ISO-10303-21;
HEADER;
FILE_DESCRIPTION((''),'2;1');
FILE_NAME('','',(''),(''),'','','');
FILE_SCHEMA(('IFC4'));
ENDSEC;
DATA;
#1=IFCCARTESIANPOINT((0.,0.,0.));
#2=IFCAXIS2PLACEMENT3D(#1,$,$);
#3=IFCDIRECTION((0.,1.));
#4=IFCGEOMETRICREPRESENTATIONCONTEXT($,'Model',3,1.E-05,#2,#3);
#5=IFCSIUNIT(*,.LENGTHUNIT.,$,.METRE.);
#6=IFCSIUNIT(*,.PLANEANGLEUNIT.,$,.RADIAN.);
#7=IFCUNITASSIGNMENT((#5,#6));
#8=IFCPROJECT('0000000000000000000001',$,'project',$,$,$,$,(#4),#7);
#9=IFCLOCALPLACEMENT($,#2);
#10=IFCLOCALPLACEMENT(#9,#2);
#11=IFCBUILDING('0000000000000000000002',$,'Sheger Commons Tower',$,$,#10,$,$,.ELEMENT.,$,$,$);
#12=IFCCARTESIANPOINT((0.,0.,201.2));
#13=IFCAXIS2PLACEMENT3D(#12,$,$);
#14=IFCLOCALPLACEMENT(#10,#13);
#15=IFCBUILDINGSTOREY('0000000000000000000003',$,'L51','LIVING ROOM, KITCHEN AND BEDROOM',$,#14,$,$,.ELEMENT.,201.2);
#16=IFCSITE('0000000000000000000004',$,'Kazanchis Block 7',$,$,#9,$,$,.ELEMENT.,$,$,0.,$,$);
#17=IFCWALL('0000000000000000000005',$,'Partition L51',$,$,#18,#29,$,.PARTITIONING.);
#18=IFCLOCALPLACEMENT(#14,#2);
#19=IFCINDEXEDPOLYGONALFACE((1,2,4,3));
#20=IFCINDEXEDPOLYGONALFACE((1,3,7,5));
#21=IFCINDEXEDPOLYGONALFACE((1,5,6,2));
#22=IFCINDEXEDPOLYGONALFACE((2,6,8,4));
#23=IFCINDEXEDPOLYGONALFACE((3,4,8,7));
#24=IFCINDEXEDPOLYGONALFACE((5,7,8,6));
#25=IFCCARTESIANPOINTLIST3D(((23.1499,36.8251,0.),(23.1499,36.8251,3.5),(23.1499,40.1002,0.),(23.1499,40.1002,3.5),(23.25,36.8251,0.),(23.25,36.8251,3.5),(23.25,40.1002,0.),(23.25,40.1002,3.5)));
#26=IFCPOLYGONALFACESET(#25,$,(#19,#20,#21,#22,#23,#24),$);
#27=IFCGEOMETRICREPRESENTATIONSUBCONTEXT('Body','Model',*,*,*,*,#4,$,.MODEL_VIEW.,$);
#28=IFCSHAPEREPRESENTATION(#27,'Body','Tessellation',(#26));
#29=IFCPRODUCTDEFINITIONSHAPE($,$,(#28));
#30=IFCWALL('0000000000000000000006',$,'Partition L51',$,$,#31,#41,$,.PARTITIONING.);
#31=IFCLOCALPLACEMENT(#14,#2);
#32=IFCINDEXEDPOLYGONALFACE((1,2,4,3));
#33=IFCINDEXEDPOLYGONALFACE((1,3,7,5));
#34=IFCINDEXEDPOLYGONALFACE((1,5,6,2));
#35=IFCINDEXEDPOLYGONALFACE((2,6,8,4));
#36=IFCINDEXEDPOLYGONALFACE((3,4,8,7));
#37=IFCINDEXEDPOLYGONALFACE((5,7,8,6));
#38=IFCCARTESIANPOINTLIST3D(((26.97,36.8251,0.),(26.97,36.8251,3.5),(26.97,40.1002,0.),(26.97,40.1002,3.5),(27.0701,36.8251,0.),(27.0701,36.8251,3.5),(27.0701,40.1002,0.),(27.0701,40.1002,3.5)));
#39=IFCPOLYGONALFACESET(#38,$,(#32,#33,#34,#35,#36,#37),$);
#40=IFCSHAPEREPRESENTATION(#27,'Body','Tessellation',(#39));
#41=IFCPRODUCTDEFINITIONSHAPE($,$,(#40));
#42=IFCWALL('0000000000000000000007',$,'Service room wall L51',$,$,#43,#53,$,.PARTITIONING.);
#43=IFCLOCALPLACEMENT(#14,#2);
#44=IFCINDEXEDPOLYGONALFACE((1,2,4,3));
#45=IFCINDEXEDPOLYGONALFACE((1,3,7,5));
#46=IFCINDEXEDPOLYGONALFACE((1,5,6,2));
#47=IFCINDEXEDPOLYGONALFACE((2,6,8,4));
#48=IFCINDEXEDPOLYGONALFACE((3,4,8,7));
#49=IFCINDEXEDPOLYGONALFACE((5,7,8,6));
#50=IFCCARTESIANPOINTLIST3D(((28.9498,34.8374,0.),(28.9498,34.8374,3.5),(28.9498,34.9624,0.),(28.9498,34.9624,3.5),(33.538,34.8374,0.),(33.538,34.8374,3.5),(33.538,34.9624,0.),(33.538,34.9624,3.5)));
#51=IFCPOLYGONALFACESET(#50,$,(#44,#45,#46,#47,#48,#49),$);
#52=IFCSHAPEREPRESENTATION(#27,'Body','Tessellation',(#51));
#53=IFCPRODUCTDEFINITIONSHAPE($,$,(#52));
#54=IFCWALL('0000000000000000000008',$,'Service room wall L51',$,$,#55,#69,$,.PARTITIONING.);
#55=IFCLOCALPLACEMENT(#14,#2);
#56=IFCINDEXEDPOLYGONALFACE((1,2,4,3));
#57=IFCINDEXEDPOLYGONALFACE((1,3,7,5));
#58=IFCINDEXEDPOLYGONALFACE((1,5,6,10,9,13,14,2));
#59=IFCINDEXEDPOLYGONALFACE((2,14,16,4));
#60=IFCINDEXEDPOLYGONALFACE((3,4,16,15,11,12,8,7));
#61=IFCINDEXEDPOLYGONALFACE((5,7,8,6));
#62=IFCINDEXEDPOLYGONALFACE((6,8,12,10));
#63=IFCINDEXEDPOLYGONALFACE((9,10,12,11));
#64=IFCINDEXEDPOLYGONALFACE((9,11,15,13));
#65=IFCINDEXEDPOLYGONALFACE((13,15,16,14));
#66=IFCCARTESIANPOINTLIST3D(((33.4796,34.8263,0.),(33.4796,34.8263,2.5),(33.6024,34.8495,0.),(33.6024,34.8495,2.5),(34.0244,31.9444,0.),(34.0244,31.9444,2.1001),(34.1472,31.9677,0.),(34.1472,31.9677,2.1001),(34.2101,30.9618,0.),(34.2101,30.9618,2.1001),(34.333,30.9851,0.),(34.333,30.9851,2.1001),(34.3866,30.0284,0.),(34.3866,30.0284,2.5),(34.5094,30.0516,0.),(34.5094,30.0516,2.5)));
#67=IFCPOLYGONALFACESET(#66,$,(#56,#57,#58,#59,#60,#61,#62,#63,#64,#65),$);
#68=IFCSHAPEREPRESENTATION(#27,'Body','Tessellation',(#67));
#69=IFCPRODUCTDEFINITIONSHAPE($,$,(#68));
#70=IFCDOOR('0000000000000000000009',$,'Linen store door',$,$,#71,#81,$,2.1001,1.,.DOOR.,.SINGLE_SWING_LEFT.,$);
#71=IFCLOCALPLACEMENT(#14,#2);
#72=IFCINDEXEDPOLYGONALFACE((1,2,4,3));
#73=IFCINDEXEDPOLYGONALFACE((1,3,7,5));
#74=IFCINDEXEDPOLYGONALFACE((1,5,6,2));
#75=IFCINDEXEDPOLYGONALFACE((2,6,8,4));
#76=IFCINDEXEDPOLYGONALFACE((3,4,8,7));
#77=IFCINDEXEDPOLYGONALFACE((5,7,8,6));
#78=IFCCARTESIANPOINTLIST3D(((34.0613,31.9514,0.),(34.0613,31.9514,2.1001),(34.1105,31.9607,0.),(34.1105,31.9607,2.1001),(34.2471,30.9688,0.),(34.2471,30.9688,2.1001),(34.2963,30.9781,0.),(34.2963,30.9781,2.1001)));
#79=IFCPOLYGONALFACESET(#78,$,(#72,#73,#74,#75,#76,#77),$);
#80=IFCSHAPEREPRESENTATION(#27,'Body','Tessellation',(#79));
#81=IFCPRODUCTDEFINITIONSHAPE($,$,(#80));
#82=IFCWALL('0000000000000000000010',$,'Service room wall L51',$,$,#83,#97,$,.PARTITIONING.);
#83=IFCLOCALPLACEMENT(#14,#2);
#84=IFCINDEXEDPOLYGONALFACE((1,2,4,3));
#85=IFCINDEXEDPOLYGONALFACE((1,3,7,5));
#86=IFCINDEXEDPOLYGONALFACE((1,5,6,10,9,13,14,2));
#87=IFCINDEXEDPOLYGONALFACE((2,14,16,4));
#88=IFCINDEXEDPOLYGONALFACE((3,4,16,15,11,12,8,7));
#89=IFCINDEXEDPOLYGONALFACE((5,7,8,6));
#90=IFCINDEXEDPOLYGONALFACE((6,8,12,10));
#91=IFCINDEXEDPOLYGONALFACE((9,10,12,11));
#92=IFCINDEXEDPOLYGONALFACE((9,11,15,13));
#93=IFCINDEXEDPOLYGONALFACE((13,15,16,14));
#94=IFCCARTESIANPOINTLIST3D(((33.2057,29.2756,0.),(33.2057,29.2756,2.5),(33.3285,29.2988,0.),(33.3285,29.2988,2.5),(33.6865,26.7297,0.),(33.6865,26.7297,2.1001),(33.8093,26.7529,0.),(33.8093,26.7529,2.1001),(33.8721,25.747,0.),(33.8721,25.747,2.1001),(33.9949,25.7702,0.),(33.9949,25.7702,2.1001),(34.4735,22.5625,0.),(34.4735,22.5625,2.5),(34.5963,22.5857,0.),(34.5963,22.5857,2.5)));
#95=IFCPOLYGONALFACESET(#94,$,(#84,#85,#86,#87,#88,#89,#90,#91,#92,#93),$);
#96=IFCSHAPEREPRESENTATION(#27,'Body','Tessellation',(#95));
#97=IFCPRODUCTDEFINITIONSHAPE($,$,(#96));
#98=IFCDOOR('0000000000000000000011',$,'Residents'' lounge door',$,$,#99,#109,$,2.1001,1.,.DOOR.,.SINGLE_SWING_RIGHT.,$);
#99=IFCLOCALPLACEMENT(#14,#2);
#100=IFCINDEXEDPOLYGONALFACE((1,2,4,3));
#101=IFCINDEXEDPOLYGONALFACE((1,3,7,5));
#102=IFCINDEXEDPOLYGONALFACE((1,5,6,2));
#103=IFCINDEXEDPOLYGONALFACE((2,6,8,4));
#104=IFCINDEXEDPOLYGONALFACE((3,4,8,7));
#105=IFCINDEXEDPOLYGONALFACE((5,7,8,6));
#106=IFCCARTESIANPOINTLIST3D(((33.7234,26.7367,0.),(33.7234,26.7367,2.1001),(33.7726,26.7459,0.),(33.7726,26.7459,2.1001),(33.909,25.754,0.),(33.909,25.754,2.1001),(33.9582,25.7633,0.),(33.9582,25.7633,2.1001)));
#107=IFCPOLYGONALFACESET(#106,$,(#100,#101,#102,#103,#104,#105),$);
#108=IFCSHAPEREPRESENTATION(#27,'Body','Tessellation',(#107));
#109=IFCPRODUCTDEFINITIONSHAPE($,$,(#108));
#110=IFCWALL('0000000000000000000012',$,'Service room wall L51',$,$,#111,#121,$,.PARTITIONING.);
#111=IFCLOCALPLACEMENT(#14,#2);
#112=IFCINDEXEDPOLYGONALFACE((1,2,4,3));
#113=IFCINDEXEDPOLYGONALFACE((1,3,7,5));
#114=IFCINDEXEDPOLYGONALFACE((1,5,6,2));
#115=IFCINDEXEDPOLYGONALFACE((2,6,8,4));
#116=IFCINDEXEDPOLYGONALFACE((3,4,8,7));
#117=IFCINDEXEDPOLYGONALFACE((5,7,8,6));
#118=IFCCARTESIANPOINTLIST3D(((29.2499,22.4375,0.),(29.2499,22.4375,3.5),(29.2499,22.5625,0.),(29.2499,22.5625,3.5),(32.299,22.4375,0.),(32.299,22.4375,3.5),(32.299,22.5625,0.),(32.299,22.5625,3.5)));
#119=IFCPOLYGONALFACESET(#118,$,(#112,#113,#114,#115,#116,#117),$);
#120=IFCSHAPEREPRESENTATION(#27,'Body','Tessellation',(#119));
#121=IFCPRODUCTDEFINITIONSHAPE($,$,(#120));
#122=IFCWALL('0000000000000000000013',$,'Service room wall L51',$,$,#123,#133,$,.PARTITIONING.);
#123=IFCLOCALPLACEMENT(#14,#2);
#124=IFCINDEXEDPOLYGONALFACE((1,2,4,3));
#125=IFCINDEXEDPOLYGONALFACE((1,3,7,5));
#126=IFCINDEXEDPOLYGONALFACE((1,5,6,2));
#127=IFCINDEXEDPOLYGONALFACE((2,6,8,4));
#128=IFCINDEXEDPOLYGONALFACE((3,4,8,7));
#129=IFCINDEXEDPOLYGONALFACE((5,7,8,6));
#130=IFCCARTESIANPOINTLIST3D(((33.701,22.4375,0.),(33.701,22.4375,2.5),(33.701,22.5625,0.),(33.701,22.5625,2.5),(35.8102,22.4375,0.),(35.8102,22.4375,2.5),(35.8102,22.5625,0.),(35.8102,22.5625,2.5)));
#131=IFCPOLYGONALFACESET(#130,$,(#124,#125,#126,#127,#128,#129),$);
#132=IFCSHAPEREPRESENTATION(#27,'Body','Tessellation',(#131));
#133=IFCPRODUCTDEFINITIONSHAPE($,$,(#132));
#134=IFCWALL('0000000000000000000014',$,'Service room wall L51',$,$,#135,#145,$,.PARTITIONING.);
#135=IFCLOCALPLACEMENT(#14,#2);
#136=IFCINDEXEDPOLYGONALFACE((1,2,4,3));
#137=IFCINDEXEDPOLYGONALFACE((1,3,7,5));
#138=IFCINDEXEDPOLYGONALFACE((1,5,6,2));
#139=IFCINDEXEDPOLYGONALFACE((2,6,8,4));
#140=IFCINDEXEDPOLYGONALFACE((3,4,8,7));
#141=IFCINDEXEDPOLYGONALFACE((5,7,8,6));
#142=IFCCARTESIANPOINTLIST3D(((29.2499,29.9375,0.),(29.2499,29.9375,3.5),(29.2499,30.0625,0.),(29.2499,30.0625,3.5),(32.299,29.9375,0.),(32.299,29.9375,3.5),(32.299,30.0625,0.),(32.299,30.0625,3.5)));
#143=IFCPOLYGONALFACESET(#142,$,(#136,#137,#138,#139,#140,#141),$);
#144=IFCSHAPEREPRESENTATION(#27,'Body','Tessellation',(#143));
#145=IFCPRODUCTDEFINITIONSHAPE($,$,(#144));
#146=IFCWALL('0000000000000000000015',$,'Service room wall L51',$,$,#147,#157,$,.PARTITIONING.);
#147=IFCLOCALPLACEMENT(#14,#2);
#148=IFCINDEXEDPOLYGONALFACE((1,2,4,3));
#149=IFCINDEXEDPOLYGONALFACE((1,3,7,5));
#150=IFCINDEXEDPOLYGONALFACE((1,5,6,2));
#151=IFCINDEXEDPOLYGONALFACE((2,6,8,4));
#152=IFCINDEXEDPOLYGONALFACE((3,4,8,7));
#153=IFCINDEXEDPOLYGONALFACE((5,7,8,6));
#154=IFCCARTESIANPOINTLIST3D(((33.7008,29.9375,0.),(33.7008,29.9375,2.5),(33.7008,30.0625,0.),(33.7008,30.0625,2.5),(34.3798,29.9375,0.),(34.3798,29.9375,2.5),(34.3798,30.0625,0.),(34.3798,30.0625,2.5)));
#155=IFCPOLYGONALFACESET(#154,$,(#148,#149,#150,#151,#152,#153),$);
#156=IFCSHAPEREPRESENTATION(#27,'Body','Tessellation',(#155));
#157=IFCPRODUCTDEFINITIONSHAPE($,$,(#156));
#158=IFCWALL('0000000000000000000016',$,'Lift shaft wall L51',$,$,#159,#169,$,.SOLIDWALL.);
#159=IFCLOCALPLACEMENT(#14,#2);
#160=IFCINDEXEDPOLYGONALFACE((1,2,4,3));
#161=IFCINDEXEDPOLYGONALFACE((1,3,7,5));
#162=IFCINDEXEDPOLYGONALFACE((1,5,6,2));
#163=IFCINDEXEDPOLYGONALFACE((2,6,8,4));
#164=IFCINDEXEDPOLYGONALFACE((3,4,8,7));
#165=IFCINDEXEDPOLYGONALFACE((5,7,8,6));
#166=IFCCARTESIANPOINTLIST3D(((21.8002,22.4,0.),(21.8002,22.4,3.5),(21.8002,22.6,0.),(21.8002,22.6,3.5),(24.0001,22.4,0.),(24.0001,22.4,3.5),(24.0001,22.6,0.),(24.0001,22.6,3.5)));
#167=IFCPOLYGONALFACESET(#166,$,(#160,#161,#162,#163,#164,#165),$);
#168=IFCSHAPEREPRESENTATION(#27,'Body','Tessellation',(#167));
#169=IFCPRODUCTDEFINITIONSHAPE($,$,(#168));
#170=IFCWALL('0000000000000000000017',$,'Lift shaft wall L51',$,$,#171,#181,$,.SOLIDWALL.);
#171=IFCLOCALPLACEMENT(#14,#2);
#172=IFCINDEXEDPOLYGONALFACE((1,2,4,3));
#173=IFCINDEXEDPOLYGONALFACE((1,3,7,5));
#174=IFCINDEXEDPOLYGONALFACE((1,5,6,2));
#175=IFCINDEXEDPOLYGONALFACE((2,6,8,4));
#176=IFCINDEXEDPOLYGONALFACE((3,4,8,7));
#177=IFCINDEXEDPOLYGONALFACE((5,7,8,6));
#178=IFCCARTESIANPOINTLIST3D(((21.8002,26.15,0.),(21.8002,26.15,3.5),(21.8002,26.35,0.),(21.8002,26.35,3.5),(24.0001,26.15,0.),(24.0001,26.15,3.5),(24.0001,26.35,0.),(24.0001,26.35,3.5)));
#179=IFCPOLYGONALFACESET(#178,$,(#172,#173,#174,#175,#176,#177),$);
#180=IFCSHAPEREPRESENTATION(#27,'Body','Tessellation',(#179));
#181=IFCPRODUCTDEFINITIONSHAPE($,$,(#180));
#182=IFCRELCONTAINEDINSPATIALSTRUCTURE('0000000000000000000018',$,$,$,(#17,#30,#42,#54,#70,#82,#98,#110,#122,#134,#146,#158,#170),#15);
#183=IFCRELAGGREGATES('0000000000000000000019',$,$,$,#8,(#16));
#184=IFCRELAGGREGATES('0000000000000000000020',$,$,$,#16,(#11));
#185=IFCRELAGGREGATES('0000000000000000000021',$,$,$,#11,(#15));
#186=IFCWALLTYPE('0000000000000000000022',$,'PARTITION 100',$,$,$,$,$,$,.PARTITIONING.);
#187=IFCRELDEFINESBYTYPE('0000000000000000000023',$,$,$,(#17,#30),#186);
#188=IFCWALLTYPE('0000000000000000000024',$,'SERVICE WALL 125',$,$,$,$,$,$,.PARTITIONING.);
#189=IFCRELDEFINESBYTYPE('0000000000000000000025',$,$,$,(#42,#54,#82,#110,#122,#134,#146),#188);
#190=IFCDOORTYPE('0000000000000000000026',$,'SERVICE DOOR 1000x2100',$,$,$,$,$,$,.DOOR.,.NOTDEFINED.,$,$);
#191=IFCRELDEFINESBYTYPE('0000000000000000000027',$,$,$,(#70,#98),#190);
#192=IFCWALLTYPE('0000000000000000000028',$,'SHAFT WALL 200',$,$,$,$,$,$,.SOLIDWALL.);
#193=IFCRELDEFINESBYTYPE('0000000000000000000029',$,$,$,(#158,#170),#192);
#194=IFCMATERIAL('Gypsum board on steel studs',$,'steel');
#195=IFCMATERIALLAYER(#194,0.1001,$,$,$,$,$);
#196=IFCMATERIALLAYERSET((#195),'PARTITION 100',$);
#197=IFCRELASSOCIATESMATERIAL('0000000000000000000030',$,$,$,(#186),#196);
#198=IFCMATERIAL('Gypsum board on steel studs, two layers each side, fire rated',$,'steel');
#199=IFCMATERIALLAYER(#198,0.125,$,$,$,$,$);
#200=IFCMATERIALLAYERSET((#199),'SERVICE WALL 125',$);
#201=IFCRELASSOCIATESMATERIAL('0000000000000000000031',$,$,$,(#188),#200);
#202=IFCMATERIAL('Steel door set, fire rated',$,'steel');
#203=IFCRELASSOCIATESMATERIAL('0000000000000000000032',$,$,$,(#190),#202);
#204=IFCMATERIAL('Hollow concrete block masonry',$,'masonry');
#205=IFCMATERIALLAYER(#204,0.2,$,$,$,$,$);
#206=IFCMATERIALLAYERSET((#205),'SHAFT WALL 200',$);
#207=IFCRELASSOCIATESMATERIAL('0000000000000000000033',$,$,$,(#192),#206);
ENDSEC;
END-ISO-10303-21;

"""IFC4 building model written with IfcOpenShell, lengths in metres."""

from ifc_helpers import new_model, si_unit, direction, frame, frame_2d, origin, place, context, subcontext, project, spatial, rectangle, extrude, material, layer, layer_set, type_object, element, fill, save


model = new_model("IFC4")

# Units and contexts
model_context = context("Model", 3, precision=1e-05, world=origin(), true_north=direction((0.0, 1.0)))
body_context = subcontext(model_context, "Body", "Model", "MODEL_VIEW")
ifc_project = project(units=[si_unit("LENGTHUNIT", "METRE"), si_unit("PLANEANGLEUNIT", "RADIAN")], contexts=[model_context])

# Site, building, storey
site_placement = place(None, origin())
site = spatial("IfcSite", under=ifc_project, at=site_placement, Name="Kazanchis Block 7", CompositionType="ELEMENT", RefElevation=0.0)
building_placement = place(site_placement, origin())
building = spatial("IfcBuilding", under=site, at=building_placement, Name="Sheger Commons Tower", CompositionType="ELEMENT")
storey_placement = place(building_placement, frame((0.0, 0.0, 201.2)))
storey = spatial("IfcBuildingStorey", under=building, at=storey_placement, Name="L51", Description="LIVING ROOM, KITCHEN AND BEDROOM", CompositionType="ELEMENT", Elevation=201.2)

# Walls
ifc_material_1 = material(Name="Gypsum board on steel studs", Category="steel")
ifc_layer_1 = layer(ifc_material_1, 0.1001)
ifc_layer_set_1 = layer_set([ifc_layer_1], Name="PARTITION 100")
wall_type_1 = type_object("IfcWallType", Name="PARTITION 100", PredefinedType="PARTITIONING", material=ifc_layer_set_1)
for number, where, z_axis, x_axis, name in (
    (1, (23.2, 36.825, 0.0), (0.0, 0.0, 1.0), (0.0, 1.0, 0.0), "Partition L51"),
    (2, (27.02, 36.825, 0.0), (0.0, 0.0, 1.0), (0.0, 1.0, 0.0), "Partition L51"),
):
    element("IfcWall", number, at=place(storey_placement, frame(where, z_axis=z_axis, x_axis=x_axis)), inside=storey, type_object=wall_type_1, Name=name, PredefinedType="PARTITIONING", context=body_context, shape_type="SweptSolid", body=[
        extrude(rectangle(XDim=3.2751, YDim=0.1001, at=frame_2d((1.6377, 0.0))), origin(), (0.0, 0.0, 1.0), 3.5),
    ])
ifc_material_2 = material(Name="Gypsum board on steel studs, two layers each side, fire rated", Category="steel")
ifc_layer_2 = layer(ifc_material_2, 0.125)
ifc_layer_set_2 = layer_set([ifc_layer_2], Name="SERVICE WALL 125")
wall_type_2 = type_object("IfcWallType", Name="SERVICE WALL 125", PredefinedType="PARTITIONING", material=ifc_layer_set_2)
wall_1_placement = place(storey_placement, frame((28.95, 34.8999, 0.0), z_axis=(0.0, 0.0, 1.0), x_axis=(1.0, 0.0, 0.0)))
element("IfcWall", 3, at=wall_1_placement, inside=storey, type_object=wall_type_2, Name="Service room wall L51", PredefinedType="PARTITIONING", context=body_context, shape_type="SweptSolid", body=[
    extrude(rectangle(XDim=4.5881, YDim=0.125, at=frame_2d((2.2939, 0.0))), origin(), (0.0, 0.0, 1.0), 3.5),
])

# Walls, openings, doors
wall_2_placement = place(storey_placement, frame((34.448, 30.04, 0.0), z_axis=(0.0, 0.0, 1.0), x_axis=(-0.185749, 0.982597, 0.0)))
wall_2 = element("IfcWall", 4, at=wall_2_placement, inside=storey, type_object=wall_type_2, Name="Service room wall L51", PredefinedType="PARTITIONING", context=body_context, shape_type="SweptSolid", body=[
    extrude(rectangle(XDim=4.8828, YDim=0.125, at=frame_2d((2.4414, 0.0))), origin(), (0.0, 0.0, 1.0), 2.5),
])
opening_1_placement = place(wall_2_placement, frame((0.95, 0.0, 0.0)))
opening_1 = element("IfcOpeningElement", 5, at=opening_1_placement, cuts=wall_2, PredefinedType="OPENING", context=body_context, shape_type="SweptSolid", body=[
    extrude(rectangle(XDim=1.0, YDim=2.1001, at=frame_2d((0.5, 1.05))), frame((0.0, 0.0725, 0.0), z_axis=(0.0, -1.0, 0.0), x_axis=(1.0, 0.0, 0.0)), (0.0, 0.0, 1.0), 0.145),
])
ifc_material_3 = material(Name="Steel door set, fire rated", Category="steel")
door_type_1 = type_object("IfcDoorType", Name="SERVICE DOOR 1000x2100", OperationType="NOTDEFINED", PredefinedType="DOOR", material=ifc_material_3)
door_1_placement = place(opening_1_placement, origin())
door_1 = element("IfcDoor", 6, at=door_1_placement, inside=storey, type_object=door_type_1, Name="Linen store door", OperationType="SINGLE_SWING_LEFT", OverallHeight=2.1001, OverallWidth=1.0, PredefinedType="DOOR", context=body_context, shape_type="SweptSolid", body=[
    extrude(rectangle(XDim=1.0, YDim=2.1001, at=frame_2d((0.5, 1.05))), frame((0.0, 0.0249, 0.0), z_axis=(0.0, -1.0, 0.0), x_axis=(1.0, 0.0, 0.0)), (0.0, 0.0, 1.0), 0.05),
])
fill(opening_1, door_1)
wall_3_placement = place(storey_placement, frame((34.5349, 22.574, 0.0), z_axis=(0.0, 0.0, 1.0), x_axis=(-0.185576, 0.98263, 0.0)))
wall_3 = element("IfcWall", 7, at=wall_3_placement, inside=storey, type_object=wall_type_2, Name="Service room wall L51", PredefinedType="PARTITIONING", context=body_context, shape_type="SweptSolid", body=[
    extrude(rectangle(XDim=6.8318, YDim=0.125, at=frame_2d((3.416, 0.0))), origin(), (0.0, 0.0, 1.0), 2.5),
])
opening_2_placement = place(wall_3_placement, frame((3.241, 0.0, 0.0)))
opening_2 = element("IfcOpeningElement", 8, at=opening_2_placement, cuts=wall_3, PredefinedType="OPENING", context=body_context, shape_type="SweptSolid", body=[
    extrude(rectangle(XDim=1.0, YDim=2.1001, at=frame_2d((0.5, 1.05))), frame((0.0, 0.0725, 0.0), z_axis=(0.0, -1.0, 0.0), x_axis=(1.0, 0.0, 0.0)), (0.0, 0.0, 1.0), 0.145),
])
door_2_placement = place(opening_2_placement, origin())
door_2 = element("IfcDoor", 9, at=door_2_placement, inside=storey, type_object=door_type_1, Name="Residents' lounge door", OperationType="SINGLE_SWING_RIGHT", OverallHeight=2.1001, OverallWidth=1.0, PredefinedType="DOOR", context=body_context, shape_type="SweptSolid", body=[
    extrude(rectangle(XDim=1.0, YDim=2.1001, at=frame_2d((0.5, 1.05))), frame((0.0, 0.0249, 0.0), z_axis=(0.0, -1.0, 0.0), x_axis=(1.0, 0.0, 0.0)), (0.0, 0.0, 1.0), 0.05),
])
fill(opening_2, door_2)

# Walls
wall_4_placement = place(storey_placement, frame((29.25, 22.5, 0.0), z_axis=(0.0, 0.0, 1.0), x_axis=(1.0, 0.0, 0.0)))
element("IfcWall", 10, at=wall_4_placement, inside=storey, type_object=wall_type_2, Name="Service room wall L51", PredefinedType="PARTITIONING", context=body_context, shape_type="SweptSolid", body=[
    extrude(rectangle(XDim=3.0491, YDim=0.125, at=frame_2d((1.5244, 0.0))), origin(), (0.0, 0.0, 1.0), 3.5),
])
wall_5_placement = place(storey_placement, frame((33.7009, 22.5, 0.0), z_axis=(0.0, 0.0, 1.0), x_axis=(1.0, 0.0, 0.0)))
element("IfcWall", 11, at=wall_5_placement, inside=storey, type_object=wall_type_2, Name="Service room wall L51", PredefinedType="PARTITIONING", context=body_context, shape_type="SweptSolid", body=[
    extrude(rectangle(XDim=2.1091, YDim=0.125, at=frame_2d((1.0547, 0.0))), origin(), (0.0, 0.0, 1.0), 2.5),
])
wall_6_placement = place(storey_placement, frame((29.25, 30.0, 0.0), z_axis=(0.0, 0.0, 1.0), x_axis=(1.0, 0.0, 0.0)))
element("IfcWall", 12, at=wall_6_placement, inside=storey, type_object=wall_type_2, Name="Service room wall L51", PredefinedType="PARTITIONING", context=body_context, shape_type="SweptSolid", body=[
    extrude(rectangle(XDim=3.0491, YDim=0.125, at=frame_2d((1.5244, 0.0))), origin(), (0.0, 0.0, 1.0), 3.5),
])
wall_7_placement = place(storey_placement, frame((33.7009, 30.0, 0.0), z_axis=(0.0, 0.0, 1.0), x_axis=(1.0, 0.0, 0.0)))
element("IfcWall", 13, at=wall_7_placement, inside=storey, type_object=wall_type_2, Name="Service room wall L51", PredefinedType="PARTITIONING", context=body_context, shape_type="SweptSolid", body=[
    extrude(rectangle(XDim=0.679, YDim=0.125, at=frame_2d((0.3394, 0.0))), origin(), (0.0, 0.0, 1.0), 2.5),
])
ifc_material_4 = material(Name="Hollow concrete block masonry", Category="masonry")
ifc_layer_3 = layer(ifc_material_4, 0.2)
ifc_layer_set_3 = layer_set([ifc_layer_3], Name="SHAFT WALL 200")
wall_type_3 = type_object("IfcWallType", Name="SHAFT WALL 200", PredefinedType="SOLIDWALL", material=ifc_layer_set_3)
for number, where, z_axis, x_axis, name in (
    (14, (21.8, 22.5, 0.0), (0.0, 0.0, 1.0), (1.0, 0.0, 0.0), "Lift shaft wall L51"),
    (15, (21.8, 26.25, 0.0), (0.0, 0.0, 1.0), (1.0, 0.0, 0.0), "Lift shaft wall L51"),
):
    element("IfcWall", number, at=place(storey_placement, frame(where, z_axis=z_axis, x_axis=x_axis)), inside=storey, type_object=wall_type_3, Name=name, PredefinedType="SOLIDWALL", context=body_context, shape_type="SweptSolid", body=[
        extrude(rectangle(XDim=2.2, YDim=0.2, at=frame_2d((1.1001, 0.0))), origin(), (0.0, 0.0, 1.0), 3.5),
    ])

save(model, "model.ifc")
